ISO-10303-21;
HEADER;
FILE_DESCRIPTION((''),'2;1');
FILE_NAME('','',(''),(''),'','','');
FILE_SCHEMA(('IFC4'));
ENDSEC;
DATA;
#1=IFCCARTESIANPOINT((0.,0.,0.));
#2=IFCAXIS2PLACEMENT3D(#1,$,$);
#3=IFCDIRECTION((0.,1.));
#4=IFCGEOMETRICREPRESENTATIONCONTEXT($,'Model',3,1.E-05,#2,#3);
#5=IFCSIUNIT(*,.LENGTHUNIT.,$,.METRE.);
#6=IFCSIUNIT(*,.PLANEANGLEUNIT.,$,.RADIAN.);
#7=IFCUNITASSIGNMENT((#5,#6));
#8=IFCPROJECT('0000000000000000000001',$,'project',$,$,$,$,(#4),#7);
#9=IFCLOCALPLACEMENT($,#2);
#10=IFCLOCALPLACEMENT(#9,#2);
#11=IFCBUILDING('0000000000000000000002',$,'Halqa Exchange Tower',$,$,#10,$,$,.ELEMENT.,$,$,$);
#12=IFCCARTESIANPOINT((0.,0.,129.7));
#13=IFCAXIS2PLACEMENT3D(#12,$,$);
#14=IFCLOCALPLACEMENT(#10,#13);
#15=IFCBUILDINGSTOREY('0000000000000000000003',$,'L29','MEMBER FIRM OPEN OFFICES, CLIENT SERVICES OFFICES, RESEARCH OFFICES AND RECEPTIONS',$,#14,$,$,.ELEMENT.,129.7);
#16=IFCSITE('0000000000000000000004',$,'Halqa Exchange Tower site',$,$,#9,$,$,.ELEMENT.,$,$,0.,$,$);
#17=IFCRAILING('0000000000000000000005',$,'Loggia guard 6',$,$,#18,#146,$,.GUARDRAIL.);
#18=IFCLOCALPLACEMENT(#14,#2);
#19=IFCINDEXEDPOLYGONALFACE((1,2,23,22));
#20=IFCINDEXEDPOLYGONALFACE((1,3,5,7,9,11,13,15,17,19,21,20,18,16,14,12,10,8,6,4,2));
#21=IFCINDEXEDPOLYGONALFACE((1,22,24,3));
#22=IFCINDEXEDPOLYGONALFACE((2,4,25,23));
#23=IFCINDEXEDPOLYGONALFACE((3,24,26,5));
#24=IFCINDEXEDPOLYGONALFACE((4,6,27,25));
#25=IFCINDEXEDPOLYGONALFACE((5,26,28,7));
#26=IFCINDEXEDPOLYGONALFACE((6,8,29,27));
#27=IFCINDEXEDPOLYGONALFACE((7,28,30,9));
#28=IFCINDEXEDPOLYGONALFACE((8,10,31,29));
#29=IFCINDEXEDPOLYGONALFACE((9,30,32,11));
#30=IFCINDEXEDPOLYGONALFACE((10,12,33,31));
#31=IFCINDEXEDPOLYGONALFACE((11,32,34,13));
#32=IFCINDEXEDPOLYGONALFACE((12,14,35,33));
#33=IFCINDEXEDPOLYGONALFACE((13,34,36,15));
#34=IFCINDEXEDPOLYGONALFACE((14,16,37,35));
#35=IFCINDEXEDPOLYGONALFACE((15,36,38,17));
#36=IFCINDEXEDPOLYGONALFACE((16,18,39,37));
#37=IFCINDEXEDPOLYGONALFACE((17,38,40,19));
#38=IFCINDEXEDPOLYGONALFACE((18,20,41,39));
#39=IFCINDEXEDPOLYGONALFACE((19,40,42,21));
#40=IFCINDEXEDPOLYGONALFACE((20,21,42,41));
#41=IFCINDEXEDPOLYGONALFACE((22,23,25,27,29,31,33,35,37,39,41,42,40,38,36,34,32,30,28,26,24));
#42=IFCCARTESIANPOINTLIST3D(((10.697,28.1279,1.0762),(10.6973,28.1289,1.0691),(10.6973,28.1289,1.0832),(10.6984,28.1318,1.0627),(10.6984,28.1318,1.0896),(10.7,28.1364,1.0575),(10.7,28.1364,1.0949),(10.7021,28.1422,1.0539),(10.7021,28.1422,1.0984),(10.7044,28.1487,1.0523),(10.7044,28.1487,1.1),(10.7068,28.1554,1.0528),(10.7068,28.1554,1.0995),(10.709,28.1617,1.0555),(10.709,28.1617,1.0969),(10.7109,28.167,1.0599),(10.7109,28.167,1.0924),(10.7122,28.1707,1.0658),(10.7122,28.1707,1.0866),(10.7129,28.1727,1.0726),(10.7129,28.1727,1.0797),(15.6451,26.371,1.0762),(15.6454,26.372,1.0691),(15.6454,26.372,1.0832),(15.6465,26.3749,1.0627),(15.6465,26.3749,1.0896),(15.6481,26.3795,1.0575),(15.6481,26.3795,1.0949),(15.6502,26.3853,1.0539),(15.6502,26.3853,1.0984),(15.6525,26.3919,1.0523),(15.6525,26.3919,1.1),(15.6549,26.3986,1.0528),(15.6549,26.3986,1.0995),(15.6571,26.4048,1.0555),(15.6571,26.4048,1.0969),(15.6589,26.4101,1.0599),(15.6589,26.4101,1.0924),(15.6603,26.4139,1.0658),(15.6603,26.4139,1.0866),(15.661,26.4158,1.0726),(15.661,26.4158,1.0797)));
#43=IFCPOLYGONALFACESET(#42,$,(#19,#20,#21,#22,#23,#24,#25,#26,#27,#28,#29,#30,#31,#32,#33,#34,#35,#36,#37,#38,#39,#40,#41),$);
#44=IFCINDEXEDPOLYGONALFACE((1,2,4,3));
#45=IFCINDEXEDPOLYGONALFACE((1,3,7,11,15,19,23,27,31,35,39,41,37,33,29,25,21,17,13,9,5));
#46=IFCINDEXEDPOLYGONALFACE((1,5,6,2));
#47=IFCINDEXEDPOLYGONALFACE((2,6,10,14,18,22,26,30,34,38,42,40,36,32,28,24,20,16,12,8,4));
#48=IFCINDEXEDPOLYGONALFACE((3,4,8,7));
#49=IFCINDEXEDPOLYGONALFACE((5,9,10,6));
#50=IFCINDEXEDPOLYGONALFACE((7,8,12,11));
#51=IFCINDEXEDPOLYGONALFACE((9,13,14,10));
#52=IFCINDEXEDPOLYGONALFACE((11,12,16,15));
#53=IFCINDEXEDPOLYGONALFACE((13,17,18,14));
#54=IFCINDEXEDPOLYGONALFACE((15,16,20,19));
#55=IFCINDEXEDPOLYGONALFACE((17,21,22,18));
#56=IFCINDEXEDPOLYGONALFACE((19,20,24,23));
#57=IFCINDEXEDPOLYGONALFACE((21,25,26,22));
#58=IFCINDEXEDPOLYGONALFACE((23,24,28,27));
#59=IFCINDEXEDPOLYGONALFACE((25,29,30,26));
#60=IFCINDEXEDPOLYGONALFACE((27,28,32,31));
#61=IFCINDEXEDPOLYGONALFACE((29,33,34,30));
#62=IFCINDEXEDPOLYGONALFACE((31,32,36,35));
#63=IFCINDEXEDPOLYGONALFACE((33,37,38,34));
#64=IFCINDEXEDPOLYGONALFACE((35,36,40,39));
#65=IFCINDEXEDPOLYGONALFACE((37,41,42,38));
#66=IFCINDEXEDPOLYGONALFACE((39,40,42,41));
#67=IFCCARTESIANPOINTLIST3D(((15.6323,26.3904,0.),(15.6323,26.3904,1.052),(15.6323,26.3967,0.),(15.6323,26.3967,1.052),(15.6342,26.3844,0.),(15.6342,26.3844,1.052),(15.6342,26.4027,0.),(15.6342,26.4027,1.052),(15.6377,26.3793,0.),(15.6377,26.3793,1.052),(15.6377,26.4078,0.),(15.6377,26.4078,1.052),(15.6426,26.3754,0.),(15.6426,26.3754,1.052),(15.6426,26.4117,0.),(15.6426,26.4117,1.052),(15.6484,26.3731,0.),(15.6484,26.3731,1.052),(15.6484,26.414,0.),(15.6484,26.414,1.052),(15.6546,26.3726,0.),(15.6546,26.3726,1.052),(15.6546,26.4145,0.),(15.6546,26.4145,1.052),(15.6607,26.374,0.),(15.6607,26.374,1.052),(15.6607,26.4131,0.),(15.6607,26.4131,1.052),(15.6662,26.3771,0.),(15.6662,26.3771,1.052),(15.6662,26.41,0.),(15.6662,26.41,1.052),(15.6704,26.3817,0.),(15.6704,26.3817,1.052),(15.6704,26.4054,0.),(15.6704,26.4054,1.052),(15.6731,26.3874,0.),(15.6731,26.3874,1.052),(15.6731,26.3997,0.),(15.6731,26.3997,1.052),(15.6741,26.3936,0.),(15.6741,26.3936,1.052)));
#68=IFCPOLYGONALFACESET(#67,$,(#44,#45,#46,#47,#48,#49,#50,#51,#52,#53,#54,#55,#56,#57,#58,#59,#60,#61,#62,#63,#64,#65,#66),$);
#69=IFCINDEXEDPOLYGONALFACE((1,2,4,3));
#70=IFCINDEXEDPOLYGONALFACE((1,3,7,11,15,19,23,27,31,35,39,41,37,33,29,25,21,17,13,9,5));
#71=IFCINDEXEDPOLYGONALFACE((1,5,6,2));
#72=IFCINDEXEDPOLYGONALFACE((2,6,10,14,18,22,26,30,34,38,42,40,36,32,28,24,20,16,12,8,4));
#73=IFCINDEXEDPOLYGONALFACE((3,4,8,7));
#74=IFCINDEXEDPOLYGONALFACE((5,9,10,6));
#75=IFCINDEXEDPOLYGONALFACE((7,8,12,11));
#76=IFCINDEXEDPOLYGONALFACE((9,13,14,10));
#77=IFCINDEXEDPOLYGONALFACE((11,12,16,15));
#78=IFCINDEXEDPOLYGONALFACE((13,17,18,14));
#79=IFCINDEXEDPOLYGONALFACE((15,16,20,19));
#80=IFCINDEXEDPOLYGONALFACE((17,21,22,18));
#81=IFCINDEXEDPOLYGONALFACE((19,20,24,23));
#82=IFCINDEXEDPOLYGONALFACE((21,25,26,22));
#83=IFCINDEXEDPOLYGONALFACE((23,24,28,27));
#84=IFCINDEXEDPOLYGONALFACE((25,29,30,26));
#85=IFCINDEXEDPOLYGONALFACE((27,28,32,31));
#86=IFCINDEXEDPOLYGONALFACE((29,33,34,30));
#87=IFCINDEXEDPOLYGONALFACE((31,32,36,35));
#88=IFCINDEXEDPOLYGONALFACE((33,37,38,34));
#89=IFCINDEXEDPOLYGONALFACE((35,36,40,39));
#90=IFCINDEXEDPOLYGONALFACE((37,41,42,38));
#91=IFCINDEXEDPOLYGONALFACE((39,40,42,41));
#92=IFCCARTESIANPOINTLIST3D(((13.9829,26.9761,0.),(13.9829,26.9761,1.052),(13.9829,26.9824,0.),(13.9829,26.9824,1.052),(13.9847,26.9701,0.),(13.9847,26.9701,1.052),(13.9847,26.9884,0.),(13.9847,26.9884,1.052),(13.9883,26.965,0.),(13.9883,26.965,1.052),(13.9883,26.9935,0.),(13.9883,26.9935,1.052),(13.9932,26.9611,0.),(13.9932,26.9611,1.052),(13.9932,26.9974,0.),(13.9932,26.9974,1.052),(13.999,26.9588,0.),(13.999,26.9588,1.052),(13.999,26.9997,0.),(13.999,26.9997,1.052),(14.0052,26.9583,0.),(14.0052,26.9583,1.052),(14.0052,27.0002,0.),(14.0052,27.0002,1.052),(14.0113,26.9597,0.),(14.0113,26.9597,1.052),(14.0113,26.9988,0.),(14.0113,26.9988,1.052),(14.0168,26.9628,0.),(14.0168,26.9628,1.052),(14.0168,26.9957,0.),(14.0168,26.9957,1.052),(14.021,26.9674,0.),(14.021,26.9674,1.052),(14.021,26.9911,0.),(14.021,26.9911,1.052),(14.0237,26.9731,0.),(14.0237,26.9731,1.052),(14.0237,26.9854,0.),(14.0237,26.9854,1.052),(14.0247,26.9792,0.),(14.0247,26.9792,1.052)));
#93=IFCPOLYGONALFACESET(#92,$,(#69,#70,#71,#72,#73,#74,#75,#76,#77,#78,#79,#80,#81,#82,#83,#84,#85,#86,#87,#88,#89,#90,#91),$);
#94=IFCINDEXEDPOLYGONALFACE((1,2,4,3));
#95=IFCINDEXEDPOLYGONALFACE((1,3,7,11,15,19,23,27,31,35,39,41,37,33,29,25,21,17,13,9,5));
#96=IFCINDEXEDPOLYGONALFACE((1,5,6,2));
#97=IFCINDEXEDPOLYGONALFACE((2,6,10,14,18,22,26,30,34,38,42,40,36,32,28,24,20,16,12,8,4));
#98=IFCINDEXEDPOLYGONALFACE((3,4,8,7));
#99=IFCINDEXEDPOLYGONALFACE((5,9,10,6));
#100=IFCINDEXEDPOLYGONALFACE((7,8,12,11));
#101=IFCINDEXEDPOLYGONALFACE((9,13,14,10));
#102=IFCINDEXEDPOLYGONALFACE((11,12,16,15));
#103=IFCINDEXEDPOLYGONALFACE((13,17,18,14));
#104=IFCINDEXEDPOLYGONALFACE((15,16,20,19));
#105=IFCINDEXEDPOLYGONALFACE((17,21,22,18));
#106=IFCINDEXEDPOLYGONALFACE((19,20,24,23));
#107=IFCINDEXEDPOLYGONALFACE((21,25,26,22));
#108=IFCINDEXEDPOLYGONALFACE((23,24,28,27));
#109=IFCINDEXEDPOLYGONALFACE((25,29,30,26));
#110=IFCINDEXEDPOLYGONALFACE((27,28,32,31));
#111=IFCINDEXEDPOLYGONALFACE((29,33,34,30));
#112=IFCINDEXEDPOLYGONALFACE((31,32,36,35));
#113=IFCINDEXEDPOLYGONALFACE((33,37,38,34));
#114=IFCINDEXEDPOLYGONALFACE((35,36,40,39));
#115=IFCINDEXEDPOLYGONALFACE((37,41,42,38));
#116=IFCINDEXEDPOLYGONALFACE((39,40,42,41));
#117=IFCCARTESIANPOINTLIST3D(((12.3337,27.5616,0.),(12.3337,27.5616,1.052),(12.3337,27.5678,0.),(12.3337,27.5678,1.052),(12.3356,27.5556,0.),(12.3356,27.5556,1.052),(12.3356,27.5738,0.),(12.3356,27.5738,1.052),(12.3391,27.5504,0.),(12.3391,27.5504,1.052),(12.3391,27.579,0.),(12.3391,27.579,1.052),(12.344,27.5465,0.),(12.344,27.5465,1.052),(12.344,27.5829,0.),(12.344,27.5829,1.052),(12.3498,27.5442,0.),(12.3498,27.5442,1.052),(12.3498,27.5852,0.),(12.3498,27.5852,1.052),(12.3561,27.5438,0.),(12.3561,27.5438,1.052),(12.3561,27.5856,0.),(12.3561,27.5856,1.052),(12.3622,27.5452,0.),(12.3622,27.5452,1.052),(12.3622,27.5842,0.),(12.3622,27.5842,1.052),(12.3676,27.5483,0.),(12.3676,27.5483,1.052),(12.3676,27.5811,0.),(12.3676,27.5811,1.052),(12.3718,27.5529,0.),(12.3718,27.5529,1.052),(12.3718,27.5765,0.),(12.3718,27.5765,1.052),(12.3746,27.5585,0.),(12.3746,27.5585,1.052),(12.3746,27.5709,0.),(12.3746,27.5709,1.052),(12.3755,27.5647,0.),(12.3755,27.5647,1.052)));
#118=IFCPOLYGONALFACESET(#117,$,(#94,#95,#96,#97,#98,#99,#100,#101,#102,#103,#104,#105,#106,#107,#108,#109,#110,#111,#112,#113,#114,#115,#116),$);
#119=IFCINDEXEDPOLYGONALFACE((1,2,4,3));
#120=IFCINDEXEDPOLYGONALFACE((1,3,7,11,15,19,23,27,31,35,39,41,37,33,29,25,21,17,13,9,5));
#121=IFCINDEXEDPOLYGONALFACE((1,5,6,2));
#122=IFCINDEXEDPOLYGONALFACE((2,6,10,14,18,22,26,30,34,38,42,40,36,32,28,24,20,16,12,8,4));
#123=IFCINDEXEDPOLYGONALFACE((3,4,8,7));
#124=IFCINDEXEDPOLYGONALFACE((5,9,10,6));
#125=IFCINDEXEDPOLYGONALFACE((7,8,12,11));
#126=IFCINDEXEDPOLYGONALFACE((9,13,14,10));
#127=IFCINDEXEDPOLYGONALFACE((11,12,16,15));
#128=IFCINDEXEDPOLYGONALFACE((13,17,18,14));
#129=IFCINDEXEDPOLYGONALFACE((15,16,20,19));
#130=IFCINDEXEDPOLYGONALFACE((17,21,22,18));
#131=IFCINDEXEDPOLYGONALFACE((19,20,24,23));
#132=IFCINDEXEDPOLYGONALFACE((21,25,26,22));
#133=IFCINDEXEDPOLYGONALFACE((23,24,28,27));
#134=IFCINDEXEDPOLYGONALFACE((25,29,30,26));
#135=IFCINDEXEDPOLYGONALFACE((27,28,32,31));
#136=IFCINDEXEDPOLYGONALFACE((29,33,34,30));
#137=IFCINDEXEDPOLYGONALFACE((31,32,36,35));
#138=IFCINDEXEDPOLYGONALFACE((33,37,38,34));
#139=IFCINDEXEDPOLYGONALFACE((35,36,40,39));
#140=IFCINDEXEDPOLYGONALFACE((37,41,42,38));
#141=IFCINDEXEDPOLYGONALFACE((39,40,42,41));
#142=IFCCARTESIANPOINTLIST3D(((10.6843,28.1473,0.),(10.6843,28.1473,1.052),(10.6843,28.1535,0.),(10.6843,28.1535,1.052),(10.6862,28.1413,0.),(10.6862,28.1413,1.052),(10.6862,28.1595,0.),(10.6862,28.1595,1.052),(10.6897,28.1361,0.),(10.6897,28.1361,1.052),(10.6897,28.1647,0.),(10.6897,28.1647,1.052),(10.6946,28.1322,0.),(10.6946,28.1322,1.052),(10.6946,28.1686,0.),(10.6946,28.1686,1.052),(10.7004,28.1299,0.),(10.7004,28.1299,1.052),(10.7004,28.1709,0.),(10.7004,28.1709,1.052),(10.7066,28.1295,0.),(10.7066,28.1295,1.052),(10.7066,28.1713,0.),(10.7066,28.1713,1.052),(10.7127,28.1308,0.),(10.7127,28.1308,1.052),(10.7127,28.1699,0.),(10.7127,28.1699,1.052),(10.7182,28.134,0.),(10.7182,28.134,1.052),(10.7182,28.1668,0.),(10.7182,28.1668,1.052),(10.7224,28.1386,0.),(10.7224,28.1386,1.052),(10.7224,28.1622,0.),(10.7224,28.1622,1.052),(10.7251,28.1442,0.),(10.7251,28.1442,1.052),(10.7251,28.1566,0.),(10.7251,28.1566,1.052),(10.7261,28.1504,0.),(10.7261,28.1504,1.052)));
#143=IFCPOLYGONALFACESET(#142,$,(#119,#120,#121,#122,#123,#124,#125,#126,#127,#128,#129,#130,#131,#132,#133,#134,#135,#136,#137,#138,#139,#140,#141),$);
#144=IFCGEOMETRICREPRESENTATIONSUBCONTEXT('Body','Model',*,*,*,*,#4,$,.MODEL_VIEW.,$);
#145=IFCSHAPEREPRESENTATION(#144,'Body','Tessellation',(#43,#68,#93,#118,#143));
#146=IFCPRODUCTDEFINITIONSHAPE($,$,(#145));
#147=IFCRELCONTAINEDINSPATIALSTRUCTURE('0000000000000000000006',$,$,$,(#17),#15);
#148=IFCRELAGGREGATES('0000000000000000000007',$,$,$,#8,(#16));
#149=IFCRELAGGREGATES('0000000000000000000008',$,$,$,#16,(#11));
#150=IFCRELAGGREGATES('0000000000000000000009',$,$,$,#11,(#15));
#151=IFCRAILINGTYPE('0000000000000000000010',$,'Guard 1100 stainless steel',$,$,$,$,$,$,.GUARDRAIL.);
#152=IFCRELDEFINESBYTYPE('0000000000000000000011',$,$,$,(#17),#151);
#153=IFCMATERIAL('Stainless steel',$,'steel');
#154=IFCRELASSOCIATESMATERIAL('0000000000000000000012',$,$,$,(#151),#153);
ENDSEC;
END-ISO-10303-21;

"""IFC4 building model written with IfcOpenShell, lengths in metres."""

from ifc_helpers import new_model, si_unit, direction, frame, origin, origin_2d, place, context, subcontext, project, spatial, circle, extrude, material, type_object, element, save


model = new_model("IFC4")

# Units and contexts
model_context = context("Model", 3, precision=1e-05, world=origin(), true_north=direction((0.0, 1.0)))
body_context = subcontext(model_context, "Body", "Model", "MODEL_VIEW")
ifc_project = project(units=[si_unit("LENGTHUNIT", "METRE"), si_unit("PLANEANGLEUNIT", "RADIAN")], contexts=[model_context])

# Site, building, storey
site_placement = place(None, origin())
site = spatial("IfcSite", under=ifc_project, at=site_placement, Name="Halqa Exchange Tower site", CompositionType="ELEMENT", RefElevation=0.0)
building_placement = place(site_placement, origin())
building = spatial("IfcBuilding", under=site, at=building_placement, Name="Halqa Exchange Tower", CompositionType="ELEMENT")
storey_placement = place(building_placement, frame((0.0, 0.0, 129.7)))
storey = spatial("IfcBuildingStorey", under=building, at=storey_placement, Name="L29", Description="MEMBER FIRM OPEN OFFICES, CLIENT SERVICES OFFICES, RESEARCH OFFICES AND RECEPTIONS", CompositionType="ELEMENT", Elevation=129.7)

# Railing
ifc_material_1 = material(Name="Stainless steel", Category="steel")
railing_type = type_object("IfcRailingType", Name="Guard 1100 stainless steel", PredefinedType="GUARDRAIL", material=ifc_material_1)
railing_1_placement = place(storey_placement, frame((15.6531, 26.3936, 0.0)))
element("IfcRailing", 1, at=railing_1_placement, inside=storey, type_object=railing_type, Name="Loggia guard 6", PredefinedType="GUARDRAIL", context=body_context, shape_type="SweptSolid", body=[
    extrude(circle(Radius=0.0239, at=origin_2d()), frame((0.0, 0.0, 1.0762), z_axis=(-0.942362, 0.334595, 0.0), x_axis=(-0.334595, -0.942362, 0.0)), (0.0, 0.0, 1.0), 5.2507),
    extrude(circle(Radius=0.021, at=origin_2d()), origin(), (0.0, 0.0, 1.0), 1.052),
    extrude(circle(Radius=0.021, at=origin_2d()), frame((-1.6494, 0.5857, 0.0)), (0.0, 0.0, 1.0), 1.052),
    extrude(circle(Radius=0.021, at=origin_2d()), frame((-3.2986, 1.1711, 0.0)), (0.0, 0.0, 1.0), 1.052),
    extrude(circle(Radius=0.021, at=origin_2d()), frame((-4.948, 1.7568, 0.0)), (0.0, 0.0, 1.0), 1.052),
])

save(model, "model.ifc")
